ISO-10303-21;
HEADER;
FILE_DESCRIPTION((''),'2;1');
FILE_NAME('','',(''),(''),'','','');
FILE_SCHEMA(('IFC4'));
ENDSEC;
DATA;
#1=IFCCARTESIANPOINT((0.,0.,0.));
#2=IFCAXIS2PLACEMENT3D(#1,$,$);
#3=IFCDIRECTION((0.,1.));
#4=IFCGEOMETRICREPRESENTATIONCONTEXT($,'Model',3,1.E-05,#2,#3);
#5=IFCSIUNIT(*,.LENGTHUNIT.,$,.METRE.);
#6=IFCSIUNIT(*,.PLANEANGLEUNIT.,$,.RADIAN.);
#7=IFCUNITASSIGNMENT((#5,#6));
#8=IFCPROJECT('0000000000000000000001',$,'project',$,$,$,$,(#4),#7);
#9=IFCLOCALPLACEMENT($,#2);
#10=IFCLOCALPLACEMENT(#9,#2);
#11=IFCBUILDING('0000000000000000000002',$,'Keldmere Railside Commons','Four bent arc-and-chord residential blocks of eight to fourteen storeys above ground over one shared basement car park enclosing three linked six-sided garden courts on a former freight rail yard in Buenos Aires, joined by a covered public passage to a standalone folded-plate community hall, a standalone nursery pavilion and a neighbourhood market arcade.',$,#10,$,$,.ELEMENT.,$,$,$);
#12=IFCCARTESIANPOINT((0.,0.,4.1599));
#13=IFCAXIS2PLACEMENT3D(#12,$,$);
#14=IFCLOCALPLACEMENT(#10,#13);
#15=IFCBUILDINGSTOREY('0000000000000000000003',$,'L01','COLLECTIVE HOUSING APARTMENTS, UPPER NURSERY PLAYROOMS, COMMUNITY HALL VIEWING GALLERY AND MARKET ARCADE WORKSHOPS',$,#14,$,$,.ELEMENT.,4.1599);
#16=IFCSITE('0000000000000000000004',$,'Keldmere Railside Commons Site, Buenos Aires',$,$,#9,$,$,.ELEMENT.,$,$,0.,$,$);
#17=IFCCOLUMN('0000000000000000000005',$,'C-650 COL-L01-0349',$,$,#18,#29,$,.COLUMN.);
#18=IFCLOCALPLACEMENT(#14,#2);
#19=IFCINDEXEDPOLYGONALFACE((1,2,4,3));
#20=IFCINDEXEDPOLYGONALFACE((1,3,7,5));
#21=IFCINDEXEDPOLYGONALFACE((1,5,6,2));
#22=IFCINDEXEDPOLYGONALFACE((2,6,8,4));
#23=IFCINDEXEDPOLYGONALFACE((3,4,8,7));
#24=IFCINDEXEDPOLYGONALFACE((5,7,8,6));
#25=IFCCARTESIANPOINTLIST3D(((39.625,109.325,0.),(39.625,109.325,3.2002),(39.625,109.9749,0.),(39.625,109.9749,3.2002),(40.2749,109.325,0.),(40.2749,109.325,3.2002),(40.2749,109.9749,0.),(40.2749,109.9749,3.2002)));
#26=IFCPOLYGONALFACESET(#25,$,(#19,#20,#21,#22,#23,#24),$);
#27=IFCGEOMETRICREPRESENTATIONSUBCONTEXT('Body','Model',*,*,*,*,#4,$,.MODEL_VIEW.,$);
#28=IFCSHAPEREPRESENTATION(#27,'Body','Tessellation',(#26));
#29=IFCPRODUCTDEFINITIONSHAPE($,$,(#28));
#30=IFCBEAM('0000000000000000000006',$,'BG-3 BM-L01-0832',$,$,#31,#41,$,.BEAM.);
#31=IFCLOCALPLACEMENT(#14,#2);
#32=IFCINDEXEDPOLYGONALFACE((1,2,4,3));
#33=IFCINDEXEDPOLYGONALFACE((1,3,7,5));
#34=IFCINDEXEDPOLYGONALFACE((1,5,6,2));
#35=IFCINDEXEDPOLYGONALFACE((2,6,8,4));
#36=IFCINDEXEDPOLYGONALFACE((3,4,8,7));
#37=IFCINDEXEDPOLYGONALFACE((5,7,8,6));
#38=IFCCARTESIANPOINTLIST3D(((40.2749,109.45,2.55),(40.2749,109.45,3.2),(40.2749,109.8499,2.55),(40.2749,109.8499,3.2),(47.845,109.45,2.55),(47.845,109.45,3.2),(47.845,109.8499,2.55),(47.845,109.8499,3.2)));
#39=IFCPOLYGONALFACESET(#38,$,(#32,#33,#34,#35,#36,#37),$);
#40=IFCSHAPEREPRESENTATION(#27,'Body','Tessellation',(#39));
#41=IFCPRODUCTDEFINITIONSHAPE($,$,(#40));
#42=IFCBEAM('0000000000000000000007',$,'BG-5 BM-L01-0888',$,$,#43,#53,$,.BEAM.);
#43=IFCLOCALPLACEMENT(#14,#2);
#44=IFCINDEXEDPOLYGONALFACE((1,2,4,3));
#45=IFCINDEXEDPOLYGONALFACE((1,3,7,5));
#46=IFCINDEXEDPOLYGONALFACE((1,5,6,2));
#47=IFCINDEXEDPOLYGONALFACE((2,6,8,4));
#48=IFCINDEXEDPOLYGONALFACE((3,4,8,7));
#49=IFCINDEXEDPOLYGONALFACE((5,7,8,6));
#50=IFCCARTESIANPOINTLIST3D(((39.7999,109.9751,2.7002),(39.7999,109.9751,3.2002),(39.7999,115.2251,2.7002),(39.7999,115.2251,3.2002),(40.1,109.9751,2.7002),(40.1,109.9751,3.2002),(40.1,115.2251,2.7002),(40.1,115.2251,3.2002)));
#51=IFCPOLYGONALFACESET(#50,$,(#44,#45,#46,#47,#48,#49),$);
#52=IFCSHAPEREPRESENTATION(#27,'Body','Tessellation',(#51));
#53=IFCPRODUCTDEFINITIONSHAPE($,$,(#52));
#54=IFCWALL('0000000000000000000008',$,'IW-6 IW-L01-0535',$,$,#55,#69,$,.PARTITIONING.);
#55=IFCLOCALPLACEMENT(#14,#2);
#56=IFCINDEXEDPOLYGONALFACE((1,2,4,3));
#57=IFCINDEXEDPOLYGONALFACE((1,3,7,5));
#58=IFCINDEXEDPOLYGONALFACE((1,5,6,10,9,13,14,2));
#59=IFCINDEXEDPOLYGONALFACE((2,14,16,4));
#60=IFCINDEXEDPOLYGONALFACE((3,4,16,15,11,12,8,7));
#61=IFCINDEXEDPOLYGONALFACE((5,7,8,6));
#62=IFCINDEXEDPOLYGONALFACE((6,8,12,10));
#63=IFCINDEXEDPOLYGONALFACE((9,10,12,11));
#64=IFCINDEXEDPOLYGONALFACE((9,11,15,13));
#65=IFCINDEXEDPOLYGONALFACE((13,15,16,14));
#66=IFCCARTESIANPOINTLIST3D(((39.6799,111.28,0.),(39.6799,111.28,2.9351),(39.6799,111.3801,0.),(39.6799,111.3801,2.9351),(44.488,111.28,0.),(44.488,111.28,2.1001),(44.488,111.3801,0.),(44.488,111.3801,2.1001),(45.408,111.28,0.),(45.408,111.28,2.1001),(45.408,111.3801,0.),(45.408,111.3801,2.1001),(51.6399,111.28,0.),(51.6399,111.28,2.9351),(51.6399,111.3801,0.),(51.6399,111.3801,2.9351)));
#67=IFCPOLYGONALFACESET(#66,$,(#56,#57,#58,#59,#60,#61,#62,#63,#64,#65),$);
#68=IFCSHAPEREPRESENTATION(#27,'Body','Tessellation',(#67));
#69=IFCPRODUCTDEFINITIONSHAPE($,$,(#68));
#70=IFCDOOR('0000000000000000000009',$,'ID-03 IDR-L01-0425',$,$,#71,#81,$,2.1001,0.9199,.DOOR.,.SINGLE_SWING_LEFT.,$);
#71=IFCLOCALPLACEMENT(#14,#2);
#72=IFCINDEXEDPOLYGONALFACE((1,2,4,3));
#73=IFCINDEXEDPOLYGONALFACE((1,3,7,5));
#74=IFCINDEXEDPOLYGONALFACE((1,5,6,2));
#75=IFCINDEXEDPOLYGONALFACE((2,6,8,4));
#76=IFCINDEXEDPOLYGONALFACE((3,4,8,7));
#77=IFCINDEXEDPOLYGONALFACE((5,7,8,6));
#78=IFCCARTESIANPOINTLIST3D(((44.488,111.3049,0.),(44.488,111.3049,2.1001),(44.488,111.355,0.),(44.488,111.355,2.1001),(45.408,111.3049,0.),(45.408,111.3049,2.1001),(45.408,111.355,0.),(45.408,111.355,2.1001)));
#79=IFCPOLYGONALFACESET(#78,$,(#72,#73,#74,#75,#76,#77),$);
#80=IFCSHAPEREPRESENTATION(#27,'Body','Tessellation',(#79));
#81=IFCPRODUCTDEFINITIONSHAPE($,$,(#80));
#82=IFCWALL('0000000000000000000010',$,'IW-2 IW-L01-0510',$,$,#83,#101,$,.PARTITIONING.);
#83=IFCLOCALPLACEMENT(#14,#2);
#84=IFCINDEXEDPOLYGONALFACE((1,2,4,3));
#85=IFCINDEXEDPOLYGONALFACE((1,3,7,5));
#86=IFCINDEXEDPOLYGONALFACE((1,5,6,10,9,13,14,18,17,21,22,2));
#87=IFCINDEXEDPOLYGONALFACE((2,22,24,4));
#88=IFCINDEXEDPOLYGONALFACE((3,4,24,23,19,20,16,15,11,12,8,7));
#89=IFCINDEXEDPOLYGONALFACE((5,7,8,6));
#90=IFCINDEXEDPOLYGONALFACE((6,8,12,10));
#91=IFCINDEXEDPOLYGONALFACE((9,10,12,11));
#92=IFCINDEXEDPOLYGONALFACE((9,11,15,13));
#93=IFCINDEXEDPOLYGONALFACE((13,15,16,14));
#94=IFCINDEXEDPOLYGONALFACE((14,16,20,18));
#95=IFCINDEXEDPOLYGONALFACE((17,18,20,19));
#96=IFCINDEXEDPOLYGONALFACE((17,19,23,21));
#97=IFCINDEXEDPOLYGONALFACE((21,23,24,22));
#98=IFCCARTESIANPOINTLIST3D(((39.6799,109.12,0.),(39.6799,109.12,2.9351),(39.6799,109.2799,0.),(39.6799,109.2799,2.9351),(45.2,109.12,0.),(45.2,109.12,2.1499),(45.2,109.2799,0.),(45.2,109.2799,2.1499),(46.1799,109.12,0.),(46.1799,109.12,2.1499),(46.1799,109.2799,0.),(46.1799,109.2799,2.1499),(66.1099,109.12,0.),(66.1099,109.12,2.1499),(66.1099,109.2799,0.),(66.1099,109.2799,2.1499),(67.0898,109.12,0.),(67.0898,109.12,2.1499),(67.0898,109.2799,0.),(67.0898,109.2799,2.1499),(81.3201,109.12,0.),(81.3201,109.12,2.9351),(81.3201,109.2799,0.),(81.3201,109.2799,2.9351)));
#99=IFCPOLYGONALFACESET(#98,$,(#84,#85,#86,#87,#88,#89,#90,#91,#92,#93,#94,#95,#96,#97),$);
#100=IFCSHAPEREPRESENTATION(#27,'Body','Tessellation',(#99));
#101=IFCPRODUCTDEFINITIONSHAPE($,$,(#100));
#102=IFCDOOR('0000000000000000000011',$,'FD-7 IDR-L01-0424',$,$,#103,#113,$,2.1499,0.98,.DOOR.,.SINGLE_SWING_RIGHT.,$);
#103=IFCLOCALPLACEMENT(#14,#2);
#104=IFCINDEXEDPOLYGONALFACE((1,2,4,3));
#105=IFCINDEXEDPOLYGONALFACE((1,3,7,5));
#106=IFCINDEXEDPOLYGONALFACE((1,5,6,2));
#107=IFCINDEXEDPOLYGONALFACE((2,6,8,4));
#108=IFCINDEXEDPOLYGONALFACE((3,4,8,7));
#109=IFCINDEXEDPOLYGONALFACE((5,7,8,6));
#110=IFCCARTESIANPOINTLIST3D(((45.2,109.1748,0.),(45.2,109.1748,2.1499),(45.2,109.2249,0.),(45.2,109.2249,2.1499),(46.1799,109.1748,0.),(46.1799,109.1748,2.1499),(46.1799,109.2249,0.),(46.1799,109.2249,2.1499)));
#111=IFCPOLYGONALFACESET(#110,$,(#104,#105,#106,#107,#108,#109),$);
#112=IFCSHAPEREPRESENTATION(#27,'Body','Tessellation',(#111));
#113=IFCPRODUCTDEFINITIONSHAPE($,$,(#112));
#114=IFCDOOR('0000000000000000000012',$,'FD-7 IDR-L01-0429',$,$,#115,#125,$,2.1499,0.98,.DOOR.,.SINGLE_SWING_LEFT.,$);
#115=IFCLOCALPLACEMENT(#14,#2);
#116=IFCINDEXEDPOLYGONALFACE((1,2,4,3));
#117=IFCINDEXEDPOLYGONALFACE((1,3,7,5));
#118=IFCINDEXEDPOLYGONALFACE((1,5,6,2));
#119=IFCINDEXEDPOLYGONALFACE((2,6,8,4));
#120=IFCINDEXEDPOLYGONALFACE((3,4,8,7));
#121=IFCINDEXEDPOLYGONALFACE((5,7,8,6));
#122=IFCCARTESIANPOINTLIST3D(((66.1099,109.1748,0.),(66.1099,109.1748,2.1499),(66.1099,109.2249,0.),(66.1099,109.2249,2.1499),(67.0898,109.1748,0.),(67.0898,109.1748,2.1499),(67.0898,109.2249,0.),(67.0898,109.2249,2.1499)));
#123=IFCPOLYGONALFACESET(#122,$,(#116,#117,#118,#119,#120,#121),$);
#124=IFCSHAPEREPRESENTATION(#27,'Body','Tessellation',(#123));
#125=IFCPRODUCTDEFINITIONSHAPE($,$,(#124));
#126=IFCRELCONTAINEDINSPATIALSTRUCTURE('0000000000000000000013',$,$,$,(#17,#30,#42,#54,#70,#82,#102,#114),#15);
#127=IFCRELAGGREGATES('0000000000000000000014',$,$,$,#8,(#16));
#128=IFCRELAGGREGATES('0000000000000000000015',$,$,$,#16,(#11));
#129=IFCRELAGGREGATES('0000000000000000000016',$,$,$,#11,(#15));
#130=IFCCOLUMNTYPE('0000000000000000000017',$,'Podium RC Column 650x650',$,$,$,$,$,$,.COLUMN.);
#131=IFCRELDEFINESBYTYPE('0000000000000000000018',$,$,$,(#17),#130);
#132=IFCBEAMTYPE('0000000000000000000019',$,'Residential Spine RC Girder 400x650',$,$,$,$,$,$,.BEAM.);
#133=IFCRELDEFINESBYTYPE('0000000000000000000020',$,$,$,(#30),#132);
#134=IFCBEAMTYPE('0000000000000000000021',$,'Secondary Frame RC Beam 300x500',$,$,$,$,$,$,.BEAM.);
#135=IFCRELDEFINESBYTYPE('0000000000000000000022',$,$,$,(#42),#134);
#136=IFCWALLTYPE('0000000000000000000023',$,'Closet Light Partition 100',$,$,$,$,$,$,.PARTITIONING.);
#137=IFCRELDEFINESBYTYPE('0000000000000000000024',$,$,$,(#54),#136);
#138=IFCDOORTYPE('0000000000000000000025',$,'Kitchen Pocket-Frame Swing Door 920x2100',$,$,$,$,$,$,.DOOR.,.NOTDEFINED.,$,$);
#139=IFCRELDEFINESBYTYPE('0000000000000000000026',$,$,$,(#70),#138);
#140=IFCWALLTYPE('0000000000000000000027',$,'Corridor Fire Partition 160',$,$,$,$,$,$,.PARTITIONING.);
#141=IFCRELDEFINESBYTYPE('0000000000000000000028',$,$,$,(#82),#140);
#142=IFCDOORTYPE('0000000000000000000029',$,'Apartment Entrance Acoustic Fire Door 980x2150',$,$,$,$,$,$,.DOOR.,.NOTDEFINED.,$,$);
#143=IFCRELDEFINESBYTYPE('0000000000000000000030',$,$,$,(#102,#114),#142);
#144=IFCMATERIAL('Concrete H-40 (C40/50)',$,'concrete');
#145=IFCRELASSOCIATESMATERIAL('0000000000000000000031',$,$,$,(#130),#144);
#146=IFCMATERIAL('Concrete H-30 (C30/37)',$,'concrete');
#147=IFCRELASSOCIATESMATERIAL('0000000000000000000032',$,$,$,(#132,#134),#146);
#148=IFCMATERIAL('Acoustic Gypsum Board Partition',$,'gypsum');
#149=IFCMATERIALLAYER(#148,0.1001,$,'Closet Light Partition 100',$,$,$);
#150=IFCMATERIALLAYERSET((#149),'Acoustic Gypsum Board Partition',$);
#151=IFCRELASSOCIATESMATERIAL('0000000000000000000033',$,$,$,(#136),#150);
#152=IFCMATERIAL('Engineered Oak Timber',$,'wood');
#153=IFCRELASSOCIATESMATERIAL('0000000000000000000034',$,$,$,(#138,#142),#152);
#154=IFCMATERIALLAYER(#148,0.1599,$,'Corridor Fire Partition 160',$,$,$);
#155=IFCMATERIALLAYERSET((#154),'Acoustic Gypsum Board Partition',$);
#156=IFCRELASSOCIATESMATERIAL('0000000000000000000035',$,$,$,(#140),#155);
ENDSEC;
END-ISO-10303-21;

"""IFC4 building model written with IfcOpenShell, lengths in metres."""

from ifc_helpers import new_model, si_unit, direction, frame, frame_2d, origin, origin_2d, place, context, subcontext, project, spatial, rectangle, extrude, material, layer, layer_set, material_profile, profile_set, type_object, element, fill, save


model = new_model("IFC4")

# Units and contexts
model_context = context("Model", 3, precision=1e-05, world=origin(), true_north=direction((0.0, 1.0)))
body_context = subcontext(model_context, "Body", "Model", "MODEL_VIEW")
ifc_project = project(units=[si_unit("LENGTHUNIT", "METRE"), si_unit("PLANEANGLEUNIT", "RADIAN")], contexts=[model_context])

# Site, building, storey
site_placement = place(None, origin())
site = spatial("IfcSite", under=ifc_project, at=site_placement, Name="Keldmere Railside Commons Site, Buenos Aires", CompositionType="ELEMENT", RefElevation=0.0)
building_placement = place(site_placement, origin())
building = spatial("IfcBuilding", under=site, at=building_placement, Name="Keldmere Railside Commons", Description="Four bent arc-and-chord residential blocks of eight to fourteen storeys above ground over one shared basement car park enclosing three linked six-sided garden courts on a former freight rail yard in Buenos Aires, joined by a covered public passage to a standalone folded-plate community hall, a standalone nursery pavilion and a neighbourhood market arcade.", CompositionType="ELEMENT")
storey_placement = place(building_placement, frame((0.0, 0.0, 4.1599)))
storey = spatial("IfcBuildingStorey", under=building, at=storey_placement, Name="L01", Description="COLLECTIVE HOUSING APARTMENTS, UPPER NURSERY PLAYROOMS, COMMUNITY HALL VIEWING GALLERY AND MARKET ARCADE WORKSHOPS", CompositionType="ELEMENT", Elevation=4.1599)

# Column
ifc_material_1 = material(Name="Concrete H-40 (C40/50)", Category="concrete")
ifc_material_profile_1 = material_profile(ifc_material_1, rectangle(XDim=0.6499, YDim=0.6499, at=origin_2d()), Name="RC-650x650")
ifc_profile_set_1 = profile_set([ifc_material_profile_1], Name="Concrete H-40 (C40/50)")
column_type = type_object("IfcColumnType", Name="Podium RC Column 650x650", PredefinedType="COLUMN", material=ifc_profile_set_1)
column_placement = place(storey_placement, frame((39.95, 109.6499, 0.0), z_axis=(0.0, 0.0, 1.0), x_axis=(1.0, 0.0, 0.0)))
element("IfcColumn", 1, at=column_placement, inside=storey, type_object=column_type, Name="C-650 COL-L01-0349", PredefinedType="COLUMN", context=body_context, shape_type="SweptSolid", body=[
    extrude(rectangle(XDim=0.6499, YDim=0.6499, at=origin_2d()), origin(), (0.0, 0.0, 1.0), 3.2002),
])

# Beams
ifc_material_2 = material(Name="Concrete H-30 (C30/37)", Category="concrete")
ifc_material_profile_2 = material_profile(ifc_material_2, rectangle(XDim=0.3999, YDim=0.6499, at=origin_2d()), Name="RC-400x650")
ifc_profile_set_2 = profile_set([ifc_material_profile_2], Name="Concrete H-30 (C30/37)")
beam_type_1 = type_object("IfcBeamType", Name="Residential Spine RC Girder 400x650", PredefinedType="BEAM", material=ifc_profile_set_2)
beam_1_placement = place(storey_placement, frame((40.2749, 109.6499, 2.875), z_axis=(1.0, 0.0, 0.0), x_axis=(0.0, 1.0, 0.0)))
element("IfcBeam", 2, at=beam_1_placement, inside=storey, type_object=beam_type_1, Name="BG-3 BM-L01-0832", PredefinedType="BEAM", context=body_context, shape_type="SweptSolid", body=[
    extrude(rectangle(XDim=0.3999, YDim=0.6499, at=origin_2d()), origin(), (0.0, 0.0, 1.0), 7.5701),
])
ifc_material_profile_3 = material_profile(ifc_material_2, rectangle(XDim=0.3, YDim=0.5, at=origin_2d()), Name="RC-300x500")
ifc_profile_set_3 = profile_set([ifc_material_profile_3], Name="Concrete H-30 (C30/37)")
beam_type_2 = type_object("IfcBeamType", Name="Secondary Frame RC Beam 300x500", PredefinedType="BEAM", material=ifc_profile_set_3)
beam_2_placement = place(storey_placement, frame((39.95, 109.9751, 2.9502), z_axis=(0.0, 1.0, 0.0), x_axis=(-1.0, 0.0, 0.0)))
element("IfcBeam", 3, at=beam_2_placement, inside=storey, type_object=beam_type_2, Name="BG-5 BM-L01-0888", PredefinedType="BEAM", context=body_context, shape_type="SweptSolid", body=[
    extrude(rectangle(XDim=0.3, YDim=0.5, at=origin_2d()), origin(), (0.0, 0.0, 1.0), 5.25),
])

# Wall, opening, door
ifc_material_3 = material(Name="Acoustic Gypsum Board Partition", Category="gypsum")
ifc_layer_1 = layer(ifc_material_3, 0.1001, Name="Closet Light Partition 100")
ifc_layer_set_1 = layer_set([ifc_layer_1], Name="Acoustic Gypsum Board Partition")
wall_type_1 = type_object("IfcWallType", Name="Closet Light Partition 100", PredefinedType="PARTITIONING", material=ifc_layer_set_1)
wall_1_placement = place(storey_placement, frame((39.6799, 111.3301, 0.0), z_axis=(0.0, 0.0, 1.0), x_axis=(1.0, 0.0, 0.0)))
wall_1 = element("IfcWall", 4, at=wall_1_placement, inside=storey, type_object=wall_type_1, Name="IW-6 IW-L01-0535", PredefinedType="PARTITIONING", context=body_context, shape_type="SweptSolid", body=[
    extrude(rectangle(XDim=11.96, YDim=0.1001, at=frame_2d((5.98, 0.0))), origin(), (0.0, 0.0, 1.0), 2.9351),
])
opening_1_placement = place(wall_1_placement, frame((4.8081, 0.0, 0.0)))
opening_1 = element("IfcOpeningElement", 5, at=opening_1_placement, cuts=wall_1, PredefinedType="OPENING", context=body_context, shape_type="SweptSolid", body=[
    extrude(rectangle(XDim=0.9199, YDim=2.1001, at=frame_2d((0.46, 1.05))), frame((0.0, 0.0601, 0.0), z_axis=(0.0, -1.0, 0.0), x_axis=(1.0, 0.0, 0.0)), (0.0, 0.0, 1.0), 0.1201),
])
ifc_material_4 = material(Name="Engineered Oak Timber", Category="wood")
door_type_1 = type_object("IfcDoorType", Name="Kitchen Pocket-Frame Swing Door 920x2100", OperationType="NOTDEFINED", PredefinedType="DOOR", material=ifc_material_4)
door_1_placement = place(opening_1_placement, origin())
door_1 = element("IfcDoor", 6, at=door_1_placement, inside=storey, type_object=door_type_1, Name="ID-03 IDR-L01-0425", OperationType="SINGLE_SWING_LEFT", OverallHeight=2.1001, OverallWidth=0.9199, PredefinedType="DOOR", context=body_context, shape_type="SweptSolid", body=[
    extrude(rectangle(XDim=0.9199, YDim=2.1001, at=frame_2d((0.46, 1.05))), frame((0.0, 0.0249, 0.0), z_axis=(0.0, -1.0, 0.0), x_axis=(1.0, 0.0, 0.0)), (0.0, 0.0, 1.0), 0.05),
])
fill(opening_1, door_1)

# Wall, openings, doors
ifc_layer_2 = layer(ifc_material_3, 0.1599, Name="Corridor Fire Partition 160")
ifc_layer_set_2 = layer_set([ifc_layer_2], Name="Acoustic Gypsum Board Partition")
wall_type_2 = type_object("IfcWallType", Name="Corridor Fire Partition 160", PredefinedType="PARTITIONING", material=ifc_layer_set_2)
wall_2_placement = place(storey_placement, frame((39.6799, 109.2, 0.0), z_axis=(0.0, 0.0, 1.0), x_axis=(1.0, 0.0, 0.0)))
wall_2 = element("IfcWall", 7, at=wall_2_placement, inside=storey, type_object=wall_type_2, Name="IW-2 IW-L01-0510", PredefinedType="PARTITIONING", context=body_context, shape_type="SweptSolid", body=[
    extrude(rectangle(XDim=41.6401, YDim=0.1599, at=frame_2d((20.8201, 0.0))), origin(), (0.0, 0.0, 1.0), 2.9351),
])
opening_2_placement = place(wall_2_placement, frame((5.52, 0.0, 0.0)))
opening_2 = element("IfcOpeningElement", 8, at=opening_2_placement, cuts=wall_2, PredefinedType="OPENING", context=body_context, shape_type="SweptSolid", body=[
    extrude(rectangle(XDim=0.98, YDim=2.1499, at=frame_2d((0.49, 1.075))), frame((0.0, 0.0898, 0.0), z_axis=(0.0, -1.0, 0.0), x_axis=(1.0, 0.0, 0.0)), (0.0, 0.0, 1.0), 0.1799),
])
opening_3_placement = place(wall_2_placement, frame((26.4299, 0.0, 0.0)))
opening_3 = element("IfcOpeningElement", 9, at=opening_3_placement, cuts=wall_2, PredefinedType="OPENING", context=body_context, shape_type="SweptSolid", body=[
    extrude(rectangle(XDim=0.98, YDim=2.1499, at=frame_2d((0.49, 1.075))), frame((0.0, 0.0898, 0.0), z_axis=(0.0, -1.0, 0.0), x_axis=(1.0, 0.0, 0.0)), (0.0, 0.0, 1.0), 0.1799),
])
door_type_2 = type_object("IfcDoorType", Name="Apartment Entrance Acoustic Fire Door 980x2150", OperationType="NOTDEFINED", PredefinedType="DOOR", material=ifc_material_4)
door_2_placement = place(opening_2_placement, origin())
door_2 = element("IfcDoor", 10, at=door_2_placement, inside=storey, type_object=door_type_2, Name="FD-7 IDR-L01-0424", OperationType="SINGLE_SWING_RIGHT", OverallHeight=2.1499, OverallWidth=0.98, PredefinedType="DOOR", context=body_context, shape_type="SweptSolid", body=[
    extrude(rectangle(XDim=0.98, YDim=2.1499, at=frame_2d((0.49, 1.075))), frame((0.0, 0.0249, 0.0), z_axis=(0.0, -1.0, 0.0), x_axis=(1.0, 0.0, 0.0)), (0.0, 0.0, 1.0), 0.05),
])
fill(opening_2, door_2)
door_3_placement = place(opening_3_placement, origin())
door_3 = element("IfcDoor", 11, at=door_3_placement, inside=storey, type_object=door_type_2, Name="FD-7 IDR-L01-0429", OperationType="SINGLE_SWING_LEFT", OverallHeight=2.1499, OverallWidth=0.98, PredefinedType="DOOR", context=body_context, shape_type="SweptSolid", body=[
    extrude(rectangle(XDim=0.98, YDim=2.1499, at=frame_2d((0.49, 1.075))), frame((0.0, 0.0249, 0.0), z_axis=(0.0, -1.0, 0.0), x_axis=(1.0, 0.0, 0.0)), (0.0, 0.0, 1.0), 0.05),
])
fill(opening_3, door_3)

save(model, "model.ifc")
